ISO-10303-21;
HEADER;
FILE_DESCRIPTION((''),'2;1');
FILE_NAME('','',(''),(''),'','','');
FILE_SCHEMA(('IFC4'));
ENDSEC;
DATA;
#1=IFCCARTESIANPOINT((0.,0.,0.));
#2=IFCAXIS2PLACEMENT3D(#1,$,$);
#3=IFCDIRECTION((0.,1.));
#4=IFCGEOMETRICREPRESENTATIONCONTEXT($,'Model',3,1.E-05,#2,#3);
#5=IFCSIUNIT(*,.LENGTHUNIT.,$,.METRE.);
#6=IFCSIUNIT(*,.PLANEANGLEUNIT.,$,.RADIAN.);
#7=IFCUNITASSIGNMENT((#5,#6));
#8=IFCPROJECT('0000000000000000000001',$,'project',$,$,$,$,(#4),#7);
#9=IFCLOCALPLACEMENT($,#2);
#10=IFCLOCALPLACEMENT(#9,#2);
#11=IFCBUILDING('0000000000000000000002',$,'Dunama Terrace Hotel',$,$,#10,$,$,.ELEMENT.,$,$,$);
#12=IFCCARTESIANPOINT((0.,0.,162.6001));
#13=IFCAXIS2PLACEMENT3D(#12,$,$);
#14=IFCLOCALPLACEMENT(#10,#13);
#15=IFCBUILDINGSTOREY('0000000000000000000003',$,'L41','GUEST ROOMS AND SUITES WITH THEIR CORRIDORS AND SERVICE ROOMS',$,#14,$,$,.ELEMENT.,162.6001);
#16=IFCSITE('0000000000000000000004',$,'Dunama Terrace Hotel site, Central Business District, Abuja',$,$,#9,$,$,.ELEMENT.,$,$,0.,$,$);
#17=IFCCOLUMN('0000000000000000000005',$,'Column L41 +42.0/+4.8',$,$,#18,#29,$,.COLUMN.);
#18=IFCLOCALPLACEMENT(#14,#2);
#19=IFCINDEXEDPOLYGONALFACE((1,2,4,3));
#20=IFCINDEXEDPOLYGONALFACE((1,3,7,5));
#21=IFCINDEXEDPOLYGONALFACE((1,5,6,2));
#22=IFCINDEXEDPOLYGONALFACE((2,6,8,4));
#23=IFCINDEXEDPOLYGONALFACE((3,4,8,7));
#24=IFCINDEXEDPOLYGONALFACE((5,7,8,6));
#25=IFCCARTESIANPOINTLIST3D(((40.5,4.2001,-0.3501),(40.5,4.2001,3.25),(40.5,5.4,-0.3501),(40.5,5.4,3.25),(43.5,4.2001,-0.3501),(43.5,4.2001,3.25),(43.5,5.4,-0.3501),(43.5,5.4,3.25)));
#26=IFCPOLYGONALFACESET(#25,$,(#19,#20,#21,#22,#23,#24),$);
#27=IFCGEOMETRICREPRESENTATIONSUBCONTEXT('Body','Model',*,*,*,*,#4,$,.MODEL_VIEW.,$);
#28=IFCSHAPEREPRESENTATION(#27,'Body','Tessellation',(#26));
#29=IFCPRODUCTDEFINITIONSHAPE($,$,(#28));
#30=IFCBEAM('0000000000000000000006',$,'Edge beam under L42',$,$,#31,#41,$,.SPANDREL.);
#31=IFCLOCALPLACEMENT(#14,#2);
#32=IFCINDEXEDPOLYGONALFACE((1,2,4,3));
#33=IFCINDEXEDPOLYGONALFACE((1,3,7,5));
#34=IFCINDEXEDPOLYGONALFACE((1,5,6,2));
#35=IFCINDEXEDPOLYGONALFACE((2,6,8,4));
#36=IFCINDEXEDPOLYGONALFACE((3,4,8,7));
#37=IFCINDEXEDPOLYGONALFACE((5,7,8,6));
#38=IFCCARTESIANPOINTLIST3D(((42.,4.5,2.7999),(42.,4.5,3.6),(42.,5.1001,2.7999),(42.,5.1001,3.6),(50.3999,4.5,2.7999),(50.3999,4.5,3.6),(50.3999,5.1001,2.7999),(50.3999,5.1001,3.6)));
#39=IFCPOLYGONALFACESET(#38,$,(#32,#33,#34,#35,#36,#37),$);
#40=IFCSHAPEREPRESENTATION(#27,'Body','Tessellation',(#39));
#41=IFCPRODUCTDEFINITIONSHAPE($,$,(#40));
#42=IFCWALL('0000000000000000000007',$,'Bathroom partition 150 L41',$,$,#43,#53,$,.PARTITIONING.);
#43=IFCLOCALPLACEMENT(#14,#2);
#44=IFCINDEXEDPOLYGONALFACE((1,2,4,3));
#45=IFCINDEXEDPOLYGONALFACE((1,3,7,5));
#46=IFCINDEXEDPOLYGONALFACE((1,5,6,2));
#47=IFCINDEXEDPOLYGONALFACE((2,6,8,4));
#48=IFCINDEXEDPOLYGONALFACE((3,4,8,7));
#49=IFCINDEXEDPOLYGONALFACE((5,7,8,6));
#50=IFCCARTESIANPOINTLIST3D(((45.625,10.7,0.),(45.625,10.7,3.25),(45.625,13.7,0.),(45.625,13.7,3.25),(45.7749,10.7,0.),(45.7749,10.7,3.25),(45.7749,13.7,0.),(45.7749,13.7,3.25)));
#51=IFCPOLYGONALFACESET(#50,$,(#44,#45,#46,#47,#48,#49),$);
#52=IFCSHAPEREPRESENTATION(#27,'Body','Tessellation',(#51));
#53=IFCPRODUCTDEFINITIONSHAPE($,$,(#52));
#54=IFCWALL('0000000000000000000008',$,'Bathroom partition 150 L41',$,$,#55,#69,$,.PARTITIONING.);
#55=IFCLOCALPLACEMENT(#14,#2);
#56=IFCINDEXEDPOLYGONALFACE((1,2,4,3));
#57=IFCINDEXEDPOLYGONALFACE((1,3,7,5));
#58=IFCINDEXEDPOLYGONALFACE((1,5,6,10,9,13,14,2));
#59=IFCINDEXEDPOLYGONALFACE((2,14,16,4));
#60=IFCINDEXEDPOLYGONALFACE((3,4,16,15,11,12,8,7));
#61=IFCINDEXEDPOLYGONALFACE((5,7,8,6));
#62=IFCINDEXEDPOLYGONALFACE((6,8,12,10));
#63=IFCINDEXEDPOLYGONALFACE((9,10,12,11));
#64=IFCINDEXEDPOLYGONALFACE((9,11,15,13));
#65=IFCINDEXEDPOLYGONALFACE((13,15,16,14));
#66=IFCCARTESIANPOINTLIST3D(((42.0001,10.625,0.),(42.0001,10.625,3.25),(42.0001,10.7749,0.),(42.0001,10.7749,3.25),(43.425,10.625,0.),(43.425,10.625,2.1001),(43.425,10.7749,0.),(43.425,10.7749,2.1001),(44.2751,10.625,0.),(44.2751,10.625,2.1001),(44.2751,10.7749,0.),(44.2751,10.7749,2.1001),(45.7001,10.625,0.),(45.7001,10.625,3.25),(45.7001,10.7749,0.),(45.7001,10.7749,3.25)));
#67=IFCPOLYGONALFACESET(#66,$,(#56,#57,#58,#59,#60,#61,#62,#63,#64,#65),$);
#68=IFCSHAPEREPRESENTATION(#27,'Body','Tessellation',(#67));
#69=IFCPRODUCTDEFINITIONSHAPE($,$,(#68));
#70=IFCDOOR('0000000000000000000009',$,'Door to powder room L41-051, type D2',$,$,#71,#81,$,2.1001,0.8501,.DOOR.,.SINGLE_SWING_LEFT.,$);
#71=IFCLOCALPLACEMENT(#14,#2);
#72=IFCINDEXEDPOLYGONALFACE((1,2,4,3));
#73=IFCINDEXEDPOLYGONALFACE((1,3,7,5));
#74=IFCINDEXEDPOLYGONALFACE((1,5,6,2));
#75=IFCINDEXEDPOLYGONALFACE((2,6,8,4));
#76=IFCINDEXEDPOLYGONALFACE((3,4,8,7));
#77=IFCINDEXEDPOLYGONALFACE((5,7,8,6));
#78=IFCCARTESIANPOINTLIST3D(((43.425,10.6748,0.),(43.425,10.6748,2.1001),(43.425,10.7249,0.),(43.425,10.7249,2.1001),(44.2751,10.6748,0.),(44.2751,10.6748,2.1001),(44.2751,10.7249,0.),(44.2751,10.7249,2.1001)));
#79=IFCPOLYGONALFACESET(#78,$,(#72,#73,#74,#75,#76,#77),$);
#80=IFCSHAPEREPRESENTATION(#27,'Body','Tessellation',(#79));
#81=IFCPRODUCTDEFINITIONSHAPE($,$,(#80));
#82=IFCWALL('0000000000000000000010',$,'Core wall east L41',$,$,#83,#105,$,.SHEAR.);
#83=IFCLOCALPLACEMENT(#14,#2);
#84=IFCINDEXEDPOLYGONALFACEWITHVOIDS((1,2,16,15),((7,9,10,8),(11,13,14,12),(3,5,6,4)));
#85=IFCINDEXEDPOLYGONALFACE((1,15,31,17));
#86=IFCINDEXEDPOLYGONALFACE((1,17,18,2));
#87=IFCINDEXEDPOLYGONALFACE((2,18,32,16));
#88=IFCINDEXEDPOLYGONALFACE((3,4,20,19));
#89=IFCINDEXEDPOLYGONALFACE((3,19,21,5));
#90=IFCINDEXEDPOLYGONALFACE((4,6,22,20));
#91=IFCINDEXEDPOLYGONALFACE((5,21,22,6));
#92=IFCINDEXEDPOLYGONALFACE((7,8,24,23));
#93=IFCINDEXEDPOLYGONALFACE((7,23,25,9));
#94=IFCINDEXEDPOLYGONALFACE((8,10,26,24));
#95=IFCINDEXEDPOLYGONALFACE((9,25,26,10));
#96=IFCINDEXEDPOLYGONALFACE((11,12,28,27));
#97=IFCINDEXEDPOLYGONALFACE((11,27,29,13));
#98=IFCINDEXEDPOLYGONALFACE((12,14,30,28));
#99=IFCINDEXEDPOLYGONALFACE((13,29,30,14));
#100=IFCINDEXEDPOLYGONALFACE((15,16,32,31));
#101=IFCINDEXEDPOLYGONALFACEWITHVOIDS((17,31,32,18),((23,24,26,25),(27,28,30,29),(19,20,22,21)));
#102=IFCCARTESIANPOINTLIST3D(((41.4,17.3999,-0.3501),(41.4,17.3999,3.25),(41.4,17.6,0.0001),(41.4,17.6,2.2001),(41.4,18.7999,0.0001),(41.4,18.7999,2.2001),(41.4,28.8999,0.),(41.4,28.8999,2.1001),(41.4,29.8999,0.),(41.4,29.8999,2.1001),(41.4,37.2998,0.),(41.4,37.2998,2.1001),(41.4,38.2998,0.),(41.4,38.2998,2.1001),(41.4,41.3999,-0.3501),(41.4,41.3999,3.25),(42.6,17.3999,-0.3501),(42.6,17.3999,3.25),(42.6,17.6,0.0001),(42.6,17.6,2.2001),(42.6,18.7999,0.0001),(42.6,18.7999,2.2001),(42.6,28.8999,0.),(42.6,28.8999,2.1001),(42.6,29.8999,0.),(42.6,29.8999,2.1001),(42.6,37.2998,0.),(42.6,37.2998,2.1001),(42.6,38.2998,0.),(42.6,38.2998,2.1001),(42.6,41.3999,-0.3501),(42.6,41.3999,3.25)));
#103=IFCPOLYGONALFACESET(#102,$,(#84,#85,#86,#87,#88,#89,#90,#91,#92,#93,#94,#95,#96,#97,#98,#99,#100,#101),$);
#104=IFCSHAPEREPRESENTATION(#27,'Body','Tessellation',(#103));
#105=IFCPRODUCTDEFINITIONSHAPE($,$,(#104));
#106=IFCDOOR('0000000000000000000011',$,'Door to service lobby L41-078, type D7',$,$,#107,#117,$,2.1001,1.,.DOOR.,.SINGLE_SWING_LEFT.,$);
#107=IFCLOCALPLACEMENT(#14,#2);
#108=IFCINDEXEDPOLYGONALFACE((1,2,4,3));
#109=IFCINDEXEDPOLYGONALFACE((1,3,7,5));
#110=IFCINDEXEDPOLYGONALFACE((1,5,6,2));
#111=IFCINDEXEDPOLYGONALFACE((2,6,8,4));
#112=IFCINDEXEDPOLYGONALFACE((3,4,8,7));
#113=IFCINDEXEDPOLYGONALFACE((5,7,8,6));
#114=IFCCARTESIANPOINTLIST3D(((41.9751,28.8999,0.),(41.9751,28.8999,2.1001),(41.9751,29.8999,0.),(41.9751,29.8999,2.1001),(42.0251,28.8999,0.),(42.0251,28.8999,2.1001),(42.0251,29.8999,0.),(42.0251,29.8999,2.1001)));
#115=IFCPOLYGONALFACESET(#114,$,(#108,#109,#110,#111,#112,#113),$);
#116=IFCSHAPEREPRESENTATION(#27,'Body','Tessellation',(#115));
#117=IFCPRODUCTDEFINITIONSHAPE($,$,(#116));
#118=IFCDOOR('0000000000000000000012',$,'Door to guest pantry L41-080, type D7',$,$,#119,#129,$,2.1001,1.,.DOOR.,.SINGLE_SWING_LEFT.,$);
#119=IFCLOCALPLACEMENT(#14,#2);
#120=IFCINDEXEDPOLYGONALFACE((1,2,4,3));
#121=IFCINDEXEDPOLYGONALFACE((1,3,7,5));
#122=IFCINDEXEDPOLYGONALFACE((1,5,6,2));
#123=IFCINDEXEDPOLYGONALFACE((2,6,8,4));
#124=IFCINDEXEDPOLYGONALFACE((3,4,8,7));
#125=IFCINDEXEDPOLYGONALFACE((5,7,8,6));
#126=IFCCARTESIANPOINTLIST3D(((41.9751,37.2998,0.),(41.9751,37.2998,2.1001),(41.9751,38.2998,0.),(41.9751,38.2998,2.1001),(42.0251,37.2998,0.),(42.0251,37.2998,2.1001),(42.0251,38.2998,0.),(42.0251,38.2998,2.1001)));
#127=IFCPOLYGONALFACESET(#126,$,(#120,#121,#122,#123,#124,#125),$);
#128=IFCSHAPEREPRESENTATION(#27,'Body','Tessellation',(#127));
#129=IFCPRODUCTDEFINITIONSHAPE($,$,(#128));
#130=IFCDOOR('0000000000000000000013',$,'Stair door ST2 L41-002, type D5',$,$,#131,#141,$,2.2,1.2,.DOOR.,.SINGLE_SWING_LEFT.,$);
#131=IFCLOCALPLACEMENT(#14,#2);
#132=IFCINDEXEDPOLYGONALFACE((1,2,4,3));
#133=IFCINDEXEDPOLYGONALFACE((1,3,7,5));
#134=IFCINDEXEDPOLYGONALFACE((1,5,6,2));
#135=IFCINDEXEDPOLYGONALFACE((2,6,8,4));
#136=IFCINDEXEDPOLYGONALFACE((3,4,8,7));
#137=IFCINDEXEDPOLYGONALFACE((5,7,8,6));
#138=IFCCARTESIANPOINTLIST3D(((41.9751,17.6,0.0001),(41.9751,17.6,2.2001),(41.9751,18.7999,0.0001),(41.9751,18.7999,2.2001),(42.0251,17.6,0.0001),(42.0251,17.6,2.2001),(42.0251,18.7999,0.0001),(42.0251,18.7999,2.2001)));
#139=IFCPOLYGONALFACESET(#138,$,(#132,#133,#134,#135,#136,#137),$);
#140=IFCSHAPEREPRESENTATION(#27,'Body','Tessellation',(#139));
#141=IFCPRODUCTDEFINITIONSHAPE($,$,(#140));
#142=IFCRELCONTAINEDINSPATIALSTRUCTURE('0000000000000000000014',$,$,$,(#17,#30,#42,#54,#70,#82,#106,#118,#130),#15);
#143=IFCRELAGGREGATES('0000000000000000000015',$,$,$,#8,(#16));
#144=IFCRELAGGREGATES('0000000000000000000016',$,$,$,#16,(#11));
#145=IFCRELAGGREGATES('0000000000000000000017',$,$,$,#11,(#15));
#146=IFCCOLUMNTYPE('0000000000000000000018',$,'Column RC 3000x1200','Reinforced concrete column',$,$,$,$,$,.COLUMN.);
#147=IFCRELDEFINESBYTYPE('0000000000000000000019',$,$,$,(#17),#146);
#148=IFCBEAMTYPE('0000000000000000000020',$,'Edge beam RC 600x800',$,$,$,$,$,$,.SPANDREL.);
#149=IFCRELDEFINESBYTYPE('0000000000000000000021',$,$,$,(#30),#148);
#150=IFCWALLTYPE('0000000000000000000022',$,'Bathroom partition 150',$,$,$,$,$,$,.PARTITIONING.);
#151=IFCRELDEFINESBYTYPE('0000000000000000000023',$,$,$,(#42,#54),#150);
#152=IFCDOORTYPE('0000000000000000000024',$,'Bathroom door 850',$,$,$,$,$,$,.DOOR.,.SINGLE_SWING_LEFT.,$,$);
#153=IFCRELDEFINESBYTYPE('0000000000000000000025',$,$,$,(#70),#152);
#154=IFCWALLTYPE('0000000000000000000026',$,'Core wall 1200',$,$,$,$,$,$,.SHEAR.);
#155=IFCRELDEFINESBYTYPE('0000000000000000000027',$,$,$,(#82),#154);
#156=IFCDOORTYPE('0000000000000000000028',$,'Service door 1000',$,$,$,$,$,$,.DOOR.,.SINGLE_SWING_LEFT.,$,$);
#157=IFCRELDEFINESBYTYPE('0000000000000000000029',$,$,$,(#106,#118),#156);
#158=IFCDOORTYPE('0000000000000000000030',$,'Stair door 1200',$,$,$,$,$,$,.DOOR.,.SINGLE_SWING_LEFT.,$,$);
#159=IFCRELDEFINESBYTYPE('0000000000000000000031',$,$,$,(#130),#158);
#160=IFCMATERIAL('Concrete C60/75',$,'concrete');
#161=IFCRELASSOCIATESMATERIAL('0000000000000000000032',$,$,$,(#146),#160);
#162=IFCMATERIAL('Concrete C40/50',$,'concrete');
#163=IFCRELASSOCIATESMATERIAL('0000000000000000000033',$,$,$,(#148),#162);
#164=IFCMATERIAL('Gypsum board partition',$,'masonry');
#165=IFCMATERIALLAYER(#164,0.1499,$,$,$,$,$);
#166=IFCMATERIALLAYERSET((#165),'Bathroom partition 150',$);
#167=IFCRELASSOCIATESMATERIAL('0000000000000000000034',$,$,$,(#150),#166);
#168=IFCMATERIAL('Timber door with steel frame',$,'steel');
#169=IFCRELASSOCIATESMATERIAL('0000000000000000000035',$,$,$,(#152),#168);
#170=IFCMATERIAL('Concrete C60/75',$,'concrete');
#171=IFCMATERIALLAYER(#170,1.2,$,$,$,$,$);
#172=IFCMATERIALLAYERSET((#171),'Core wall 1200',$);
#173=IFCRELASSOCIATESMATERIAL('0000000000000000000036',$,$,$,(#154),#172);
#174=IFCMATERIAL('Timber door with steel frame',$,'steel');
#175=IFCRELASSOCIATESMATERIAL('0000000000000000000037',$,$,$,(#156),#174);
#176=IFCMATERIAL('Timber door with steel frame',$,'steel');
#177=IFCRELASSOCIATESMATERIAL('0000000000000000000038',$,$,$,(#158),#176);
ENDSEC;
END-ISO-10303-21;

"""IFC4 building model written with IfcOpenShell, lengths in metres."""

from ifc_helpers import new_model, si_unit, direction, frame, frame_2d, origin, origin_2d, place, context, subcontext, project, spatial, rectangle, extrude, material, layer, layer_set, material_profile, profile_set, type_object, element, fill, save


model = new_model("IFC4")

# Units and contexts
model_context = context("Model", 3, precision=1e-05, world=origin(), true_north=direction((0.0, 1.0)))
body_context = subcontext(model_context, "Body", "Model", "MODEL_VIEW")
ifc_project = project(units=[si_unit("LENGTHUNIT", "METRE"), si_unit("PLANEANGLEUNIT", "RADIAN")], contexts=[model_context])

# Site, building, storey
site_placement = place(None, origin())
site = spatial("IfcSite", under=ifc_project, at=site_placement, Name="Dunama Terrace Hotel site, Central Business District, Abuja", CompositionType="ELEMENT", RefElevation=0.0)
building_placement = place(site_placement, origin())
building = spatial("IfcBuilding", under=site, at=building_placement, Name="Dunama Terrace Hotel", CompositionType="ELEMENT")
storey_placement = place(building_placement, frame((0.0, 0.0, 162.6001)))
storey = spatial("IfcBuildingStorey", under=building, at=storey_placement, Name="L41", Description="GUEST ROOMS AND SUITES WITH THEIR CORRIDORS AND SERVICE ROOMS", CompositionType="ELEMENT", Elevation=162.6001)

# Column
ifc_material_1 = material(Name="Concrete C60/75", Category="concrete")
ifc_material_profile_1 = material_profile(ifc_material_1, rectangle(XDim=3.0, YDim=1.2, at=origin_2d()), Name="RC 3000x1200")
ifc_profile_set_1 = profile_set([ifc_material_profile_1], Name="Concrete C60/75")
column_type = type_object("IfcColumnType", Name="Column RC 3000x1200", Description="Reinforced concrete column", PredefinedType="COLUMN", material=ifc_profile_set_1)
column_placement = place(storey_placement, frame((42.0, 4.8, -0.3501), z_axis=(0.0, 0.0, 1.0), x_axis=(1.0, 0.0, 0.0)))
element("IfcColumn", 1, at=column_placement, inside=storey, type_object=column_type, Name="Column L41 +42.0/+4.8", PredefinedType="COLUMN", context=body_context, shape_type="SweptSolid", body=[
    extrude(rectangle(XDim=3.0, YDim=1.2, at=origin_2d()), origin(), (0.0, 0.0, 1.0), 3.6001),
])

# Beam
ifc_material_2 = material(Name="Concrete C40/50", Category="concrete")
ifc_material_profile_2 = material_profile(ifc_material_2, rectangle(XDim=0.6001, YDim=0.8, at=origin_2d()), Name="RC 600x800")
ifc_profile_set_2 = profile_set([ifc_material_profile_2], Name="Concrete C40/50")
beam_type = type_object("IfcBeamType", Name="Edge beam RC 600x800", PredefinedType="SPANDREL", material=ifc_profile_set_2)
beam_placement = place(storey_placement, frame((42.0, 4.8, 3.2), z_axis=(1.0, 0.0, 0.0), x_axis=(0.0, 1.0, 0.0)))
element("IfcBeam", 2, at=beam_placement, inside=storey, type_object=beam_type, Name="Edge beam under L42", PredefinedType="SPANDREL", context=body_context, shape_type="SweptSolid", body=[
    extrude(rectangle(XDim=0.6001, YDim=0.8, at=origin_2d()), origin(), (0.0, 0.0, 1.0), 8.3999),
])

# Wall
ifc_material_3 = material(Name="Gypsum board partition", Category="masonry")
ifc_layer_1 = layer(ifc_material_3, 0.1499)
ifc_layer_set_1 = layer_set([ifc_layer_1], Name="Bathroom partition 150")
wall_type_1 = type_object("IfcWallType", Name="Bathroom partition 150", PredefinedType="PARTITIONING", material=ifc_layer_set_1)
wall_1_placement = place(storey_placement, frame((45.7, 10.7, 0.0), z_axis=(0.0, 0.0, 1.0), x_axis=(0.0, 1.0, 0.0)))
element("IfcWall", 3, at=wall_1_placement, inside=storey, type_object=wall_type_1, Name="Bathroom partition 150 L41", PredefinedType="PARTITIONING", context=body_context, shape_type="SweptSolid", body=[
    extrude(rectangle(XDim=3.0, YDim=0.1499, at=frame_2d((1.5, 0.0))), origin(), (0.0, 0.0, 1.0), 3.25),
])

# Wall, opening, door
wall_2_placement = place(storey_placement, frame((42.0, 10.7, 0.0), z_axis=(0.0, 0.0, 1.0), x_axis=(1.0, 0.0, 0.0)))
wall_2 = element("IfcWall", 4, at=wall_2_placement, inside=storey, type_object=wall_type_1, Name="Bathroom partition 150 L41", PredefinedType="PARTITIONING", context=body_context, shape_type="SweptSolid", body=[
    extrude(rectangle(XDim=3.7, YDim=0.1499, at=frame_2d((1.8501, 0.0))), origin(), (0.0, 0.0, 1.0), 3.25),
])
opening_1_placement = place(wall_2_placement, frame((1.425, 0.0, 0.0)))
opening_1 = element("IfcOpeningElement", 5, at=opening_1_placement, cuts=wall_2, PredefinedType="OPENING", context=body_context, shape_type="SweptSolid", body=[
    extrude(rectangle(XDim=0.8501, YDim=2.1001, at=frame_2d((0.425, 1.05))), frame((0.0, 0.085, 0.0), z_axis=(0.0, -1.0, 0.0), x_axis=(1.0, 0.0, 0.0)), (0.0, 0.0, 1.0), 0.1699),
])
ifc_material_4 = material(Name="Timber door with steel frame", Category="steel")
door_type_1 = type_object("IfcDoorType", Name="Bathroom door 850", OperationType="SINGLE_SWING_LEFT", PredefinedType="DOOR", material=ifc_material_4)
door_1_placement = place(opening_1_placement, origin())
door_1 = element("IfcDoor", 6, at=door_1_placement, inside=storey, type_object=door_type_1, Name="Door to powder room L41-051, type D2", OperationType="SINGLE_SWING_LEFT", OverallHeight=2.1001, OverallWidth=0.8501, PredefinedType="DOOR", context=body_context, shape_type="SweptSolid", body=[
    extrude(rectangle(XDim=0.8501, YDim=2.1001, at=frame_2d((0.425, 1.05))), frame((0.0, 0.0249, 0.0), z_axis=(0.0, -1.0, 0.0), x_axis=(1.0, 0.0, 0.0)), (0.0, 0.0, 1.0), 0.05),
])
fill(opening_1, door_1)

# Wall, openings, doors
ifc_material_5 = material(Name="Concrete C60/75", Category="concrete")
ifc_layer_2 = layer(ifc_material_5, 1.2)
ifc_layer_set_2 = layer_set([ifc_layer_2], Name="Core wall 1200")
wall_type_2 = type_object("IfcWallType", Name="Core wall 1200", PredefinedType="SHEAR", material=ifc_layer_set_2)
wall_3_placement = place(storey_placement, frame((42.0, 17.3999, -0.3501), z_axis=(0.0, 0.0, 1.0), x_axis=(0.0, 1.0, 0.0)))
wall_3 = element("IfcWall", 7, at=wall_3_placement, inside=storey, type_object=wall_type_2, Name="Core wall east L41", PredefinedType="SHEAR", context=body_context, shape_type="SweptSolid", body=[
    extrude(rectangle(XDim=24.0, YDim=1.2, at=frame_2d((12.0, 0.0))), origin(), (0.0, 0.0, 1.0), 3.6001),
])
opening_2_placement = place(wall_3_placement, frame((0.2, 0.0, 0.3501)))
opening_2 = element("IfcOpeningElement", 8, at=opening_2_placement, cuts=wall_3, PredefinedType="OPENING", context=body_context, shape_type="SweptSolid", body=[
    extrude(rectangle(XDim=1.2, YDim=2.2, at=frame_2d((0.6001, 1.1001))), frame((0.0, 0.6099, 0.0), z_axis=(0.0, -1.0, 0.0), x_axis=(1.0, 0.0, 0.0)), (0.0, 0.0, 1.0), 1.22),
])
opening_3_placement = place(wall_3_placement, frame((11.5, 0.0, 0.3501)))
opening_3 = element("IfcOpeningElement", 9, at=opening_3_placement, cuts=wall_3, PredefinedType="OPENING", context=body_context, shape_type="SweptSolid", body=[
    extrude(rectangle(XDim=1.0, YDim=2.1001, at=frame_2d((0.5, 1.05))), frame((0.0, 0.6099, 0.0), z_axis=(0.0, -1.0, 0.0), x_axis=(1.0, 0.0, 0.0)), (0.0, 0.0, 1.0), 1.22),
])
opening_4_placement = place(wall_3_placement, frame((19.8999, 0.0, 0.3501)))
opening_4 = element("IfcOpeningElement", 10, at=opening_4_placement, cuts=wall_3, PredefinedType="OPENING", context=body_context, shape_type="SweptSolid", body=[
    extrude(rectangle(XDim=1.0, YDim=2.1001, at=frame_2d((0.5, 1.05))), frame((0.0, 0.6099, 0.0), z_axis=(0.0, -1.0, 0.0), x_axis=(1.0, 0.0, 0.0)), (0.0, 0.0, 1.0), 1.22),
])
ifc_material_6 = material(Name="Timber door with steel frame", Category="steel")
door_type_2 = type_object("IfcDoorType", Name="Service door 1000", OperationType="SINGLE_SWING_LEFT", PredefinedType="DOOR", material=ifc_material_6)
door_2_placement = place(opening_3_placement, origin())
door_2 = element("IfcDoor", 11, at=door_2_placement, inside=storey, type_object=door_type_2, Name="Door to service lobby L41-078, type D7", OperationType="SINGLE_SWING_LEFT", OverallHeight=2.1001, OverallWidth=1.0, PredefinedType="DOOR", context=body_context, shape_type="SweptSolid", body=[
    extrude(rectangle(XDim=1.0, YDim=2.1001, at=frame_2d((0.5, 1.05))), frame((0.0, 0.0249, 0.0), z_axis=(0.0, -1.0, 0.0), x_axis=(1.0, 0.0, 0.0)), (0.0, 0.0, 1.0), 0.05),
])
fill(opening_3, door_2)
door_3_placement = place(opening_4_placement, origin())
door_3 = element("IfcDoor", 12, at=door_3_placement, inside=storey, type_object=door_type_2, Name="Door to guest pantry L41-080, type D7", OperationType="SINGLE_SWING_LEFT", OverallHeight=2.1001, OverallWidth=1.0, PredefinedType="DOOR", context=body_context, shape_type="SweptSolid", body=[
    extrude(rectangle(XDim=1.0, YDim=2.1001, at=frame_2d((0.5, 1.05))), frame((0.0, 0.0249, 0.0), z_axis=(0.0, -1.0, 0.0), x_axis=(1.0, 0.0, 0.0)), (0.0, 0.0, 1.0), 0.05),
])
fill(opening_4, door_3)
ifc_material_7 = material(Name="Timber door with steel frame", Category="steel")
door_type_3 = type_object("IfcDoorType", Name="Stair door 1200", OperationType="SINGLE_SWING_LEFT", PredefinedType="DOOR", material=ifc_material_7)
door_4_placement = place(opening_2_placement, origin())
door_4 = element("IfcDoor", 13, at=door_4_placement, inside=storey, type_object=door_type_3, Name="Stair door ST2 L41-002, type D5", OperationType="SINGLE_SWING_LEFT", OverallHeight=2.2, OverallWidth=1.2, PredefinedType="DOOR", context=body_context, shape_type="SweptSolid", body=[
    extrude(rectangle(XDim=1.2, YDim=2.2, at=frame_2d((0.6001, 1.1001))), frame((0.0, 0.0249, 0.0), z_axis=(0.0, -1.0, 0.0), x_axis=(1.0, 0.0, 0.0)), (0.0, 0.0, 1.0), 0.05),
])
fill(opening_2, door_4)

save(model, "model.ifc")
